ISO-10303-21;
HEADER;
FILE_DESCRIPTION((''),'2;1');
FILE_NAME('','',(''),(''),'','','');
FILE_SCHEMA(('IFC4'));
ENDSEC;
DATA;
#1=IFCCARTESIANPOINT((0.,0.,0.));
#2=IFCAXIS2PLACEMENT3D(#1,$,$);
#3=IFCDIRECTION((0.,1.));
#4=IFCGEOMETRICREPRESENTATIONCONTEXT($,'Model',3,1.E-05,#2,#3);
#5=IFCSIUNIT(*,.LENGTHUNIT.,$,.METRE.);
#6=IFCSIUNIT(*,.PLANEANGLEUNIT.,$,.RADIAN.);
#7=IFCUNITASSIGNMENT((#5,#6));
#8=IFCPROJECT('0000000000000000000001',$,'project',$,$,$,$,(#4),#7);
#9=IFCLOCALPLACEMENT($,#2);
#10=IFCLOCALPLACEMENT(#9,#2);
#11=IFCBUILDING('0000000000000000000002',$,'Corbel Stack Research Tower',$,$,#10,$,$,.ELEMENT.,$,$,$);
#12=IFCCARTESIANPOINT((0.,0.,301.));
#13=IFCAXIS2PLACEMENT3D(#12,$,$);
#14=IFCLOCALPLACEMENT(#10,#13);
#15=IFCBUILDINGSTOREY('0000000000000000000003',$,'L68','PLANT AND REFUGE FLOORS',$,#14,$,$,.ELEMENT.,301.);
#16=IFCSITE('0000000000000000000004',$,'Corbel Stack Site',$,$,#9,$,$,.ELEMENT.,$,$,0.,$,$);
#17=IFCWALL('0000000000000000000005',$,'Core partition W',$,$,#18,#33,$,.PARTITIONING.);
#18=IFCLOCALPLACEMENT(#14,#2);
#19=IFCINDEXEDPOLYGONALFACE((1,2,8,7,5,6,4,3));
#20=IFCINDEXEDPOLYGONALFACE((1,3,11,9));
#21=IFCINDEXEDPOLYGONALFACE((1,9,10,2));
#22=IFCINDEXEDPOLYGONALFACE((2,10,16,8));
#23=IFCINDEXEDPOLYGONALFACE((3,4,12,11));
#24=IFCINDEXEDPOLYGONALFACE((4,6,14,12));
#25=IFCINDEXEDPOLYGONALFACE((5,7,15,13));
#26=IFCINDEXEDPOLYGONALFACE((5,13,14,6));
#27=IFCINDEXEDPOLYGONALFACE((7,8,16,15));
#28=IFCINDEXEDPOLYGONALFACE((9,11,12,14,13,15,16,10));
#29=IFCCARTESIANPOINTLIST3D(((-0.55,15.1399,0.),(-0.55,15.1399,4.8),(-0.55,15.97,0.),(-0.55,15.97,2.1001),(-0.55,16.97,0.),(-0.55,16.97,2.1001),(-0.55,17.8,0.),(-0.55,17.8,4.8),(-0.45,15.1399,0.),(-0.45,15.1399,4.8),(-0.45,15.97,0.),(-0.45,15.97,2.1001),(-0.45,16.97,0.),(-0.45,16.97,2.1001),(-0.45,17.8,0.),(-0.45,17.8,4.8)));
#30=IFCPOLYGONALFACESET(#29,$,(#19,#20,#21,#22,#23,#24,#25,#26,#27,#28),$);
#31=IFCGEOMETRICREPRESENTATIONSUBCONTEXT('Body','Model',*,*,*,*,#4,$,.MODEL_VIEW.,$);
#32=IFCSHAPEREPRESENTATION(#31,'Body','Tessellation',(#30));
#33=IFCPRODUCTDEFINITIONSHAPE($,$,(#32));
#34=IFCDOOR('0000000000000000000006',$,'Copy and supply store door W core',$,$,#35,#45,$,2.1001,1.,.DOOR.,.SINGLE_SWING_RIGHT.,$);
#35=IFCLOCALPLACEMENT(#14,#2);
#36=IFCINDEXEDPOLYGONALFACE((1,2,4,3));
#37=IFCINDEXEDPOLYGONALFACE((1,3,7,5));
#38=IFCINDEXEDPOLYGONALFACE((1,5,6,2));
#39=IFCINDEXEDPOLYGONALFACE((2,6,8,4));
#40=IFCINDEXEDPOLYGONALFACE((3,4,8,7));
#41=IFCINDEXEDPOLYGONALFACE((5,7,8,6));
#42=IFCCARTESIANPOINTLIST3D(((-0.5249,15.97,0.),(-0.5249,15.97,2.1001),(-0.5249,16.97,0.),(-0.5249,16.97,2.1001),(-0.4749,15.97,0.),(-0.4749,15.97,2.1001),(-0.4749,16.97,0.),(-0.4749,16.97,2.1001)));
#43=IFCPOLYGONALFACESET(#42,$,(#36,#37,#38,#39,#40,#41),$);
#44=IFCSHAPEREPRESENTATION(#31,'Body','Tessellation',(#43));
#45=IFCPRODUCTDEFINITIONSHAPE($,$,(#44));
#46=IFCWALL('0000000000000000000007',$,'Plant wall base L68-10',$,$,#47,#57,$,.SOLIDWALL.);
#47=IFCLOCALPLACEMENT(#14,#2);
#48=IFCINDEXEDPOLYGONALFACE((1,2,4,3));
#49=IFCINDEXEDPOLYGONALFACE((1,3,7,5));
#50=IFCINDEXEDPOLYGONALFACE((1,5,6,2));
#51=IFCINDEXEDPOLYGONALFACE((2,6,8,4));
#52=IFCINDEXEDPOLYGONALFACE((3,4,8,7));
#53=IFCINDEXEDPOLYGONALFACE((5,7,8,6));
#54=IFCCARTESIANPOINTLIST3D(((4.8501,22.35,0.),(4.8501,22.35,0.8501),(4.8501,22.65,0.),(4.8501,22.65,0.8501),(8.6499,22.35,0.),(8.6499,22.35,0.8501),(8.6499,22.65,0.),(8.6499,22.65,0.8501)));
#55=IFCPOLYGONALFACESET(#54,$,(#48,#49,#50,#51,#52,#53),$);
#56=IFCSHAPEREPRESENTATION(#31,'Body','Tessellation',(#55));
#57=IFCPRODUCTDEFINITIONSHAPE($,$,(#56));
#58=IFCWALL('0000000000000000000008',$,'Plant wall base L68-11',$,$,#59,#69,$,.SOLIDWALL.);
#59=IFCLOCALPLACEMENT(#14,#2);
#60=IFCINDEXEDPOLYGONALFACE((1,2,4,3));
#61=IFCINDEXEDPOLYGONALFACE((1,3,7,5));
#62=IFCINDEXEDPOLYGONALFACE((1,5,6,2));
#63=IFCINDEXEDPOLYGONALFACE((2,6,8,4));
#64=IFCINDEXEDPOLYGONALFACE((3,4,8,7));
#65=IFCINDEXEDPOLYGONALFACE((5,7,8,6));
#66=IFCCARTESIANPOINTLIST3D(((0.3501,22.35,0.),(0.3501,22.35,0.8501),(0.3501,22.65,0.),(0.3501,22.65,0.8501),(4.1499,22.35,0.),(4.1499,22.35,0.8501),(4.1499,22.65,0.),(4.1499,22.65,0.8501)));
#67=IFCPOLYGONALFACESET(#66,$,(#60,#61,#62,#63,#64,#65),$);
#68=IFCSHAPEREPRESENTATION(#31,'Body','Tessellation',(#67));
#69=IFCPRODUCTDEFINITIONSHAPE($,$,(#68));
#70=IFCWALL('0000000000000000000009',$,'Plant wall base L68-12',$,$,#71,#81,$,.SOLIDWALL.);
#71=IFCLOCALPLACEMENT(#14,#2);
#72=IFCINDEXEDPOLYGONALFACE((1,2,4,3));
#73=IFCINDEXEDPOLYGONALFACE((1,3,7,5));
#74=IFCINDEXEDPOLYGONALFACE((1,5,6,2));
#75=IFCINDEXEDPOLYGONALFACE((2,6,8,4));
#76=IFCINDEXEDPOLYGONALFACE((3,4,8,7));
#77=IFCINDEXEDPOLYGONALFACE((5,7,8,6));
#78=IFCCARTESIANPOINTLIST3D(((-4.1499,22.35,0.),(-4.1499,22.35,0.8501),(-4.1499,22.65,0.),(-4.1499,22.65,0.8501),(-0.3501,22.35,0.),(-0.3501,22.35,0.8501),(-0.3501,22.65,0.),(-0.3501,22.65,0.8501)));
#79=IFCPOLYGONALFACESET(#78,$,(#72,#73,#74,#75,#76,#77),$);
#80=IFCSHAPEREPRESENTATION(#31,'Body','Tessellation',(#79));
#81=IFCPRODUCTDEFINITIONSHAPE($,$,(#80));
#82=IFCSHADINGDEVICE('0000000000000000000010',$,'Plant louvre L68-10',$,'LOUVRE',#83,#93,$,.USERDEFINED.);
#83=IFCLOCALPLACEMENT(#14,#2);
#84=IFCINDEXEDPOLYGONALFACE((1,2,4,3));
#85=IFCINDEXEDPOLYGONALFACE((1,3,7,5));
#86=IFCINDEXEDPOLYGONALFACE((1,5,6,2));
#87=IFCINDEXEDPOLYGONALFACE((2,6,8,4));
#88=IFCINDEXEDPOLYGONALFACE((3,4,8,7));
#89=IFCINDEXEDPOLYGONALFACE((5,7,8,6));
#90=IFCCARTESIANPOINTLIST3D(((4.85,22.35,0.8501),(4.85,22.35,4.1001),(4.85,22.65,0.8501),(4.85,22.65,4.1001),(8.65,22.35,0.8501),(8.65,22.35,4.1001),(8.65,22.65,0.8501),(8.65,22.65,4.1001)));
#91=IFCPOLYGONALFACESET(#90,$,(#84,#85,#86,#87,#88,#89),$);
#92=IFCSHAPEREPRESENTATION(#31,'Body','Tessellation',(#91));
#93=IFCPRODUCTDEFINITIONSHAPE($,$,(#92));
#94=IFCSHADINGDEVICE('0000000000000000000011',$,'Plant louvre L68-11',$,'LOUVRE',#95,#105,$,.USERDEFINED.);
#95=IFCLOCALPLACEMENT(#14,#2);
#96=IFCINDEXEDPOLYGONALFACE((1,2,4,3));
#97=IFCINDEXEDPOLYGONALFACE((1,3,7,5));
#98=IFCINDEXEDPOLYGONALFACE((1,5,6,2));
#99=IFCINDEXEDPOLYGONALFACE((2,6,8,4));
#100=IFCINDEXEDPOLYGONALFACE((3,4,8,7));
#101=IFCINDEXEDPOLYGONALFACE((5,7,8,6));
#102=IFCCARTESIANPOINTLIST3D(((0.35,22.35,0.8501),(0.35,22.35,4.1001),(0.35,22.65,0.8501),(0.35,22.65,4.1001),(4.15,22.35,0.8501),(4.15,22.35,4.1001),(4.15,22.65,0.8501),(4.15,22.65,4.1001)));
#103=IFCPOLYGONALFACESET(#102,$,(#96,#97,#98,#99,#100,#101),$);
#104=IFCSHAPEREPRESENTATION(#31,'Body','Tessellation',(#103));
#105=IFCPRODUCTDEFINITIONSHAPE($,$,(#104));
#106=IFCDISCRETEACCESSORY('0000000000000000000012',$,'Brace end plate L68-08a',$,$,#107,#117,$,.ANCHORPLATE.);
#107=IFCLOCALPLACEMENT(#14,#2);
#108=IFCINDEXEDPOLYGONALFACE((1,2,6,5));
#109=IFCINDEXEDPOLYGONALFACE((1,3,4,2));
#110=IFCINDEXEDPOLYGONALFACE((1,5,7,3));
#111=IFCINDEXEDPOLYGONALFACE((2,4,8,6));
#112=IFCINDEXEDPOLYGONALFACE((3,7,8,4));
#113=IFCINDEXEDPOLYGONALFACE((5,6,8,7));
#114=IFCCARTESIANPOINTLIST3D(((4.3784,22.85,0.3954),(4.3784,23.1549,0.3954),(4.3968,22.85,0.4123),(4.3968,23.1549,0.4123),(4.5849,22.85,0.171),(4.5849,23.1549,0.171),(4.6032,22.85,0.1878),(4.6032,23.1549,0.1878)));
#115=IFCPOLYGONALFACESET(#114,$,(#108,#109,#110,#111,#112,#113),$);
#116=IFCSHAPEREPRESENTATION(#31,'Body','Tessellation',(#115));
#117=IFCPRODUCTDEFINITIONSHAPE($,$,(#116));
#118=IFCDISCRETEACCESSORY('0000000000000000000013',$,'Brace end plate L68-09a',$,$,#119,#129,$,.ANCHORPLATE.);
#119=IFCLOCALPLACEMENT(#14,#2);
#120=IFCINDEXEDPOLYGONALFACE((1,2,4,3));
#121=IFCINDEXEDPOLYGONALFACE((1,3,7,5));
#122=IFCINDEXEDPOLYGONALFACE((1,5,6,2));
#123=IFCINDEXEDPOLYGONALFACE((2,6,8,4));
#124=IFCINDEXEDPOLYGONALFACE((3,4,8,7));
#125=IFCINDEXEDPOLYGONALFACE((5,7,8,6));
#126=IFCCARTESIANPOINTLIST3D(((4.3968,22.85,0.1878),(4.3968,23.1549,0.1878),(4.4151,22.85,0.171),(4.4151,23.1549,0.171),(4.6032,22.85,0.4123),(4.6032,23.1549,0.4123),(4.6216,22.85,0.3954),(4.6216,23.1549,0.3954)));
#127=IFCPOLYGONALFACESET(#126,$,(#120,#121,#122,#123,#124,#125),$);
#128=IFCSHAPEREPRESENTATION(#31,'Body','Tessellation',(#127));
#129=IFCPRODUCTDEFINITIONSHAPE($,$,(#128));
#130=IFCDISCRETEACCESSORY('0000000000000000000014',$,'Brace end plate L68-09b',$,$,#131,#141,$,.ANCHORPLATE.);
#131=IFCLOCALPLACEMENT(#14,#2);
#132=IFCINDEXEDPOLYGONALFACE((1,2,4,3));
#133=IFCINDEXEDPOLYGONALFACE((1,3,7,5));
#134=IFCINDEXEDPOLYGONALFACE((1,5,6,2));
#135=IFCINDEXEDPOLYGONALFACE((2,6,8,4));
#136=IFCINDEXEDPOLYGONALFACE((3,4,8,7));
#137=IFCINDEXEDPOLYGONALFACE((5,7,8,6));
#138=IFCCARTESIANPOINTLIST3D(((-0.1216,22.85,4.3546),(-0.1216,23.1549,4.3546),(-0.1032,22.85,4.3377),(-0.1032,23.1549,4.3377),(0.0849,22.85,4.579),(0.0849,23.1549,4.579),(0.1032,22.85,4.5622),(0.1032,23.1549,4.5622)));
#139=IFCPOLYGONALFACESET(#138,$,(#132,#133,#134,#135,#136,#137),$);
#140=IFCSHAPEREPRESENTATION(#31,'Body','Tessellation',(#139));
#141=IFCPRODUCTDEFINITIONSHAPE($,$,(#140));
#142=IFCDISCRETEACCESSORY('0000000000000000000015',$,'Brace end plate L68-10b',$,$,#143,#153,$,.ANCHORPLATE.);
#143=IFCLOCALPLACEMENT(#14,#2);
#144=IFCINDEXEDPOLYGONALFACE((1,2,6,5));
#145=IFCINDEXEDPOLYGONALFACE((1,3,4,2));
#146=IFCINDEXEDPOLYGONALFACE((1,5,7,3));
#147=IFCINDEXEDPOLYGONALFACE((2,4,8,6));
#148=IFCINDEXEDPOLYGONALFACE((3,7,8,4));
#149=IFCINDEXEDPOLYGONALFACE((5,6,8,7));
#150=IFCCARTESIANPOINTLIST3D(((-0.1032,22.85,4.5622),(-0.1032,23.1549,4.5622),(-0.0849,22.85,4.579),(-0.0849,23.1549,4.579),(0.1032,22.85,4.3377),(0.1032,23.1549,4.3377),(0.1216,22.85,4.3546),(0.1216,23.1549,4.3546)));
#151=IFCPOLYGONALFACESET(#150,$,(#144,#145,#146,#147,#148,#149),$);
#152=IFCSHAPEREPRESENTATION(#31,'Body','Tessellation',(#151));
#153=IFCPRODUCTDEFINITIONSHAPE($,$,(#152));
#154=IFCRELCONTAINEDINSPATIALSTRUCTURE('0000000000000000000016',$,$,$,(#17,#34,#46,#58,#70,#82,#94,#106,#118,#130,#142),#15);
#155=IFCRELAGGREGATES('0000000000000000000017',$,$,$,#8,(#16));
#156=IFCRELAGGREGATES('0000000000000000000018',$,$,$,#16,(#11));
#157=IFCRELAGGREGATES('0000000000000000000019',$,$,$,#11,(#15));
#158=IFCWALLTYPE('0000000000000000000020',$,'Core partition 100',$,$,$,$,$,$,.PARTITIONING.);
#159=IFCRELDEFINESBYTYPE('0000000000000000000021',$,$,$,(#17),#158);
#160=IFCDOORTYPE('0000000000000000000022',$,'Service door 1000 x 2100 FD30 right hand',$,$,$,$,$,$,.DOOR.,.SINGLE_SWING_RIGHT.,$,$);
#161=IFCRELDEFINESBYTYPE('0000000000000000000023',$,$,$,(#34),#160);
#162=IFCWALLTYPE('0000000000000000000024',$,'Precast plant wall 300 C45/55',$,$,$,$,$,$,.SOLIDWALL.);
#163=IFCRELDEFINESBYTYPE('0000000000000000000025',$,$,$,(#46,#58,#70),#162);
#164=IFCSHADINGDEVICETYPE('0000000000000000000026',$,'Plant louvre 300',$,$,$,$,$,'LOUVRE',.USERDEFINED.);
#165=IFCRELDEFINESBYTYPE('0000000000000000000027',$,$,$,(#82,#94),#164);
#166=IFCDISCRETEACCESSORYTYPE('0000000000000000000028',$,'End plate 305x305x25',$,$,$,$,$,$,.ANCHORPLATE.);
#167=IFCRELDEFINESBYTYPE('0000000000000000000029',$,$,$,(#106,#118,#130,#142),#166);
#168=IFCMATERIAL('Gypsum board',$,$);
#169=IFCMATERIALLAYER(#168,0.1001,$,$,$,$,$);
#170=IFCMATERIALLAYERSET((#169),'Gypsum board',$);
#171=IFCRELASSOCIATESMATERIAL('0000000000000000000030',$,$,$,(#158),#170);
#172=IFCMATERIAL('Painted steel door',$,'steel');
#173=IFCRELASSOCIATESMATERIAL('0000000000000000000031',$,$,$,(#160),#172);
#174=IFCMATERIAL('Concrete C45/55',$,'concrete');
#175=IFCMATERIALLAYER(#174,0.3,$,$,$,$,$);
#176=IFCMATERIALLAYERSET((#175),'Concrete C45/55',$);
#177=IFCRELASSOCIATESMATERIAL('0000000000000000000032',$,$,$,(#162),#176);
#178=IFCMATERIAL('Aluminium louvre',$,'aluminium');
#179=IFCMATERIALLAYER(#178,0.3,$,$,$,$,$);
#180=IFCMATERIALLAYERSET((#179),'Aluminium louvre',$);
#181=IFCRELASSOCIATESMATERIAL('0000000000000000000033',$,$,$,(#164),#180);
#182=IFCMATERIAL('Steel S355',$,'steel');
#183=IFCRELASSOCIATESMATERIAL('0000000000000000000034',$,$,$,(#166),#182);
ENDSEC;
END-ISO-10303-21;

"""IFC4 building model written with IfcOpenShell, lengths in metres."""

from ifc_helpers import new_model, si_unit, direction, frame, frame_2d, origin, origin_2d, place, context, subcontext, project, spatial, rectangle, extrude, material, layer, layer_set, material_profile, profile_set, type_object, element, fill, save


model = new_model("IFC4")

# Units and contexts
model_context = context("Model", 3, precision=1e-05, world=origin(), true_north=direction((0.0, 1.0)))
body_context = subcontext(model_context, "Body", "Model", "MODEL_VIEW")
ifc_project = project(units=[si_unit("LENGTHUNIT", "METRE"), si_unit("PLANEANGLEUNIT", "RADIAN")], contexts=[model_context])

# Site, building, storey
site_placement = place(None, origin())
site = spatial("IfcSite", under=ifc_project, at=site_placement, Name="Corbel Stack Site", CompositionType="ELEMENT", RefElevation=0.0)
building_placement = place(site_placement, origin())
building = spatial("IfcBuilding", under=site, at=building_placement, Name="Corbel Stack Research Tower", CompositionType="ELEMENT")
storey_placement = place(building_placement, frame((0.0, 0.0, 301.0)))
storey = spatial("IfcBuildingStorey", under=building, at=storey_placement, Name="L68", Description="PLANT AND REFUGE FLOORS", CompositionType="ELEMENT", Elevation=301.0)

# Wall, opening, door
ifc_material_1 = material(Name="Gypsum board")
ifc_layer_1 = layer(ifc_material_1, 0.1001)
ifc_layer_set_1 = layer_set([ifc_layer_1], Name="Gypsum board")
wall_type_1 = type_object("IfcWallType", Name="Core partition 100", PredefinedType="PARTITIONING", material=ifc_layer_set_1)
wall_1_placement = place(storey_placement, frame((-0.5, 15.1399, 0.0), z_axis=(0.0, 0.0, 1.0), x_axis=(0.0, 1.0, 0.0)))
wall_1 = element("IfcWall", 1, at=wall_1_placement, inside=storey, type_object=wall_type_1, Name="Core partition W", PredefinedType="PARTITIONING", context=body_context, shape_type="SweptSolid", body=[
    extrude(rectangle(XDim=2.6602, YDim=0.1001, at=frame_2d((1.3301, 0.0))), origin(), (0.0, 0.0, 1.0), 4.8),
])
opening_1_placement = place(wall_1_placement, frame((0.8301, 0.0, 0.0)))
opening_1 = element("IfcOpeningElement", 2, at=opening_1_placement, cuts=wall_1, PredefinedType="OPENING", context=body_context, shape_type="SweptSolid", body=[
    extrude(rectangle(XDim=1.0, YDim=2.1001, at=frame_2d((0.5, 1.05))), frame((0.0, 0.0601, 0.0), z_axis=(0.0, -1.0, 0.0), x_axis=(1.0, 0.0, 0.0)), (0.0, 0.0, 1.0), 0.1201),
])
ifc_material_2 = material(Name="Painted steel door", Category="steel")
door_type_1 = type_object("IfcDoorType", Name="Service door 1000 x 2100 FD30 right hand", OperationType="SINGLE_SWING_RIGHT", PredefinedType="DOOR", material=ifc_material_2)
door_1_placement = place(opening_1_placement, origin())
door_1 = element("IfcDoor", 3, at=door_1_placement, inside=storey, type_object=door_type_1, Name="Copy and supply store door W core", OperationType="SINGLE_SWING_RIGHT", OverallHeight=2.1001, OverallWidth=1.0, PredefinedType="DOOR", context=body_context, shape_type="SweptSolid", body=[
    extrude(rectangle(XDim=1.0, YDim=2.1001, at=frame_2d((0.5, 1.05))), frame((0.0, 0.0249, 0.0), z_axis=(0.0, -1.0, 0.0), x_axis=(1.0, 0.0, 0.0)), (0.0, 0.0, 1.0), 0.05),
])
fill(opening_1, door_1)

# Walls
ifc_material_3 = material(Name="Concrete C45/55", Category="concrete")
ifc_layer_2 = layer(ifc_material_3, 0.3)
ifc_layer_set_2 = layer_set([ifc_layer_2], Name="Concrete C45/55")
wall_type_2 = type_object("IfcWallType", Name="Precast plant wall 300 C45/55", PredefinedType="SOLIDWALL", material=ifc_layer_set_2)
for number, where, z_axis, x_axis, name in (
    (4, (8.6499, 22.5, 0.0), (0.0, 0.0, 1.0), (-1.0, 0.0, 0.0), "Plant wall base L68-10"),
    (5, (4.1499, 22.5, 0.0), (0.0, 0.0, 1.0), (-1.0, 0.0, 0.0), "Plant wall base L68-11"),
    (6, (-0.3501, 22.5, 0.0), (0.0, 0.0, 1.0), (-1.0, 0.0, 0.0), "Plant wall base L68-12"),
):
    element("IfcWall", number, at=place(storey_placement, frame(where, z_axis=z_axis, x_axis=x_axis)), inside=storey, type_object=wall_type_2, Name=name, PredefinedType="SOLIDWALL", context=body_context, shape_type="SweptSolid", body=[
        extrude(rectangle(XDim=3.7998, YDim=0.3, at=frame_2d((1.8999, 0.0))), origin(), (0.0, 0.0, 1.0), 0.8501),
    ])

# Shading devices
ifc_material_4 = material(Name="Aluminium louvre", Category="aluminium")
ifc_layer_3 = layer(ifc_material_4, 0.3)
ifc_layer_set_3 = layer_set([ifc_layer_3], Name="Aluminium louvre")
shading_device_type = type_object("IfcShadingDeviceType", Name="Plant louvre 300", ElementType="LOUVRE", PredefinedType="USERDEFINED", material=ifc_layer_set_3)
for number, where, z_axis, x_axis, name in (
    (7, (6.75, 22.5, 0.8501), (0.0, 0.0, 1.0), (-1.0, 0.0, 0.0), "Plant louvre L68-10"),
    (8, (2.25, 22.5, 0.8501), (0.0, 0.0, 1.0), (-1.0, 0.0, 0.0), "Plant louvre L68-11"),
):
    element("IfcShadingDevice", number, at=place(storey_placement, frame(where, z_axis=z_axis, x_axis=x_axis)), inside=storey, type_object=shading_device_type, Name=name, ObjectType="LOUVRE", PredefinedType="USERDEFINED", context=body_context, shape_type="SweptSolid", body=[
        extrude(rectangle(XDim=3.8, YDim=0.3, at=origin_2d()), origin(), (0.0, 0.0, 1.0), 3.25),
    ])

# Discrete accessories
ifc_material_5 = material(Name="Steel S355", Category="steel")
ifc_material_profile_1 = material_profile(ifc_material_5, rectangle(XDim=0.3049, YDim=0.3049, at=origin_2d()), Name="End plate 305x305x25")
ifc_profile_set_1 = profile_set([ifc_material_profile_1], Name="Steel S355")
discrete_accessory_type = type_object("IfcDiscreteAccessoryType", Name="End plate 305x305x25", PredefinedType="ANCHORPLATE", material=ifc_profile_set_1)
for number, where, z_axis, x_axis, name in (
    (9, (4.5, 23.0024, 0.3), (-0.735931, 0.0, -0.677057), (0.0, -1.0, 0.0), "Brace end plate L68-08a"),
    (10, (4.5, 23.0024, 0.3), (0.735931, 0.0, -0.677057), (0.0, 1.0, 0.0), "Brace end plate L68-09a"),
    (11, (0.0, 23.0024, 4.45), (-0.735931, 0.0, 0.677057), (0.0, -1.0, 0.0), "Brace end plate L68-09b"),
    (12, (0.0, 23.0024, 4.45), (0.735931, 0.0, 0.677057), (0.0, 1.0, 0.0), "Brace end plate L68-10b"),
):
    element("IfcDiscreteAccessory", number, at=place(storey_placement, frame(where, z_axis=z_axis, x_axis=x_axis)), inside=storey, type_object=discrete_accessory_type, Name=name, PredefinedType="ANCHORPLATE", context=body_context, shape_type="SweptSolid", body=[
        extrude(rectangle(XDim=0.3049, YDim=0.3049, at=origin_2d()), origin(), (0.0, 0.0, 1.0), 0.0249),
    ])

save(model, "model.ifc")
